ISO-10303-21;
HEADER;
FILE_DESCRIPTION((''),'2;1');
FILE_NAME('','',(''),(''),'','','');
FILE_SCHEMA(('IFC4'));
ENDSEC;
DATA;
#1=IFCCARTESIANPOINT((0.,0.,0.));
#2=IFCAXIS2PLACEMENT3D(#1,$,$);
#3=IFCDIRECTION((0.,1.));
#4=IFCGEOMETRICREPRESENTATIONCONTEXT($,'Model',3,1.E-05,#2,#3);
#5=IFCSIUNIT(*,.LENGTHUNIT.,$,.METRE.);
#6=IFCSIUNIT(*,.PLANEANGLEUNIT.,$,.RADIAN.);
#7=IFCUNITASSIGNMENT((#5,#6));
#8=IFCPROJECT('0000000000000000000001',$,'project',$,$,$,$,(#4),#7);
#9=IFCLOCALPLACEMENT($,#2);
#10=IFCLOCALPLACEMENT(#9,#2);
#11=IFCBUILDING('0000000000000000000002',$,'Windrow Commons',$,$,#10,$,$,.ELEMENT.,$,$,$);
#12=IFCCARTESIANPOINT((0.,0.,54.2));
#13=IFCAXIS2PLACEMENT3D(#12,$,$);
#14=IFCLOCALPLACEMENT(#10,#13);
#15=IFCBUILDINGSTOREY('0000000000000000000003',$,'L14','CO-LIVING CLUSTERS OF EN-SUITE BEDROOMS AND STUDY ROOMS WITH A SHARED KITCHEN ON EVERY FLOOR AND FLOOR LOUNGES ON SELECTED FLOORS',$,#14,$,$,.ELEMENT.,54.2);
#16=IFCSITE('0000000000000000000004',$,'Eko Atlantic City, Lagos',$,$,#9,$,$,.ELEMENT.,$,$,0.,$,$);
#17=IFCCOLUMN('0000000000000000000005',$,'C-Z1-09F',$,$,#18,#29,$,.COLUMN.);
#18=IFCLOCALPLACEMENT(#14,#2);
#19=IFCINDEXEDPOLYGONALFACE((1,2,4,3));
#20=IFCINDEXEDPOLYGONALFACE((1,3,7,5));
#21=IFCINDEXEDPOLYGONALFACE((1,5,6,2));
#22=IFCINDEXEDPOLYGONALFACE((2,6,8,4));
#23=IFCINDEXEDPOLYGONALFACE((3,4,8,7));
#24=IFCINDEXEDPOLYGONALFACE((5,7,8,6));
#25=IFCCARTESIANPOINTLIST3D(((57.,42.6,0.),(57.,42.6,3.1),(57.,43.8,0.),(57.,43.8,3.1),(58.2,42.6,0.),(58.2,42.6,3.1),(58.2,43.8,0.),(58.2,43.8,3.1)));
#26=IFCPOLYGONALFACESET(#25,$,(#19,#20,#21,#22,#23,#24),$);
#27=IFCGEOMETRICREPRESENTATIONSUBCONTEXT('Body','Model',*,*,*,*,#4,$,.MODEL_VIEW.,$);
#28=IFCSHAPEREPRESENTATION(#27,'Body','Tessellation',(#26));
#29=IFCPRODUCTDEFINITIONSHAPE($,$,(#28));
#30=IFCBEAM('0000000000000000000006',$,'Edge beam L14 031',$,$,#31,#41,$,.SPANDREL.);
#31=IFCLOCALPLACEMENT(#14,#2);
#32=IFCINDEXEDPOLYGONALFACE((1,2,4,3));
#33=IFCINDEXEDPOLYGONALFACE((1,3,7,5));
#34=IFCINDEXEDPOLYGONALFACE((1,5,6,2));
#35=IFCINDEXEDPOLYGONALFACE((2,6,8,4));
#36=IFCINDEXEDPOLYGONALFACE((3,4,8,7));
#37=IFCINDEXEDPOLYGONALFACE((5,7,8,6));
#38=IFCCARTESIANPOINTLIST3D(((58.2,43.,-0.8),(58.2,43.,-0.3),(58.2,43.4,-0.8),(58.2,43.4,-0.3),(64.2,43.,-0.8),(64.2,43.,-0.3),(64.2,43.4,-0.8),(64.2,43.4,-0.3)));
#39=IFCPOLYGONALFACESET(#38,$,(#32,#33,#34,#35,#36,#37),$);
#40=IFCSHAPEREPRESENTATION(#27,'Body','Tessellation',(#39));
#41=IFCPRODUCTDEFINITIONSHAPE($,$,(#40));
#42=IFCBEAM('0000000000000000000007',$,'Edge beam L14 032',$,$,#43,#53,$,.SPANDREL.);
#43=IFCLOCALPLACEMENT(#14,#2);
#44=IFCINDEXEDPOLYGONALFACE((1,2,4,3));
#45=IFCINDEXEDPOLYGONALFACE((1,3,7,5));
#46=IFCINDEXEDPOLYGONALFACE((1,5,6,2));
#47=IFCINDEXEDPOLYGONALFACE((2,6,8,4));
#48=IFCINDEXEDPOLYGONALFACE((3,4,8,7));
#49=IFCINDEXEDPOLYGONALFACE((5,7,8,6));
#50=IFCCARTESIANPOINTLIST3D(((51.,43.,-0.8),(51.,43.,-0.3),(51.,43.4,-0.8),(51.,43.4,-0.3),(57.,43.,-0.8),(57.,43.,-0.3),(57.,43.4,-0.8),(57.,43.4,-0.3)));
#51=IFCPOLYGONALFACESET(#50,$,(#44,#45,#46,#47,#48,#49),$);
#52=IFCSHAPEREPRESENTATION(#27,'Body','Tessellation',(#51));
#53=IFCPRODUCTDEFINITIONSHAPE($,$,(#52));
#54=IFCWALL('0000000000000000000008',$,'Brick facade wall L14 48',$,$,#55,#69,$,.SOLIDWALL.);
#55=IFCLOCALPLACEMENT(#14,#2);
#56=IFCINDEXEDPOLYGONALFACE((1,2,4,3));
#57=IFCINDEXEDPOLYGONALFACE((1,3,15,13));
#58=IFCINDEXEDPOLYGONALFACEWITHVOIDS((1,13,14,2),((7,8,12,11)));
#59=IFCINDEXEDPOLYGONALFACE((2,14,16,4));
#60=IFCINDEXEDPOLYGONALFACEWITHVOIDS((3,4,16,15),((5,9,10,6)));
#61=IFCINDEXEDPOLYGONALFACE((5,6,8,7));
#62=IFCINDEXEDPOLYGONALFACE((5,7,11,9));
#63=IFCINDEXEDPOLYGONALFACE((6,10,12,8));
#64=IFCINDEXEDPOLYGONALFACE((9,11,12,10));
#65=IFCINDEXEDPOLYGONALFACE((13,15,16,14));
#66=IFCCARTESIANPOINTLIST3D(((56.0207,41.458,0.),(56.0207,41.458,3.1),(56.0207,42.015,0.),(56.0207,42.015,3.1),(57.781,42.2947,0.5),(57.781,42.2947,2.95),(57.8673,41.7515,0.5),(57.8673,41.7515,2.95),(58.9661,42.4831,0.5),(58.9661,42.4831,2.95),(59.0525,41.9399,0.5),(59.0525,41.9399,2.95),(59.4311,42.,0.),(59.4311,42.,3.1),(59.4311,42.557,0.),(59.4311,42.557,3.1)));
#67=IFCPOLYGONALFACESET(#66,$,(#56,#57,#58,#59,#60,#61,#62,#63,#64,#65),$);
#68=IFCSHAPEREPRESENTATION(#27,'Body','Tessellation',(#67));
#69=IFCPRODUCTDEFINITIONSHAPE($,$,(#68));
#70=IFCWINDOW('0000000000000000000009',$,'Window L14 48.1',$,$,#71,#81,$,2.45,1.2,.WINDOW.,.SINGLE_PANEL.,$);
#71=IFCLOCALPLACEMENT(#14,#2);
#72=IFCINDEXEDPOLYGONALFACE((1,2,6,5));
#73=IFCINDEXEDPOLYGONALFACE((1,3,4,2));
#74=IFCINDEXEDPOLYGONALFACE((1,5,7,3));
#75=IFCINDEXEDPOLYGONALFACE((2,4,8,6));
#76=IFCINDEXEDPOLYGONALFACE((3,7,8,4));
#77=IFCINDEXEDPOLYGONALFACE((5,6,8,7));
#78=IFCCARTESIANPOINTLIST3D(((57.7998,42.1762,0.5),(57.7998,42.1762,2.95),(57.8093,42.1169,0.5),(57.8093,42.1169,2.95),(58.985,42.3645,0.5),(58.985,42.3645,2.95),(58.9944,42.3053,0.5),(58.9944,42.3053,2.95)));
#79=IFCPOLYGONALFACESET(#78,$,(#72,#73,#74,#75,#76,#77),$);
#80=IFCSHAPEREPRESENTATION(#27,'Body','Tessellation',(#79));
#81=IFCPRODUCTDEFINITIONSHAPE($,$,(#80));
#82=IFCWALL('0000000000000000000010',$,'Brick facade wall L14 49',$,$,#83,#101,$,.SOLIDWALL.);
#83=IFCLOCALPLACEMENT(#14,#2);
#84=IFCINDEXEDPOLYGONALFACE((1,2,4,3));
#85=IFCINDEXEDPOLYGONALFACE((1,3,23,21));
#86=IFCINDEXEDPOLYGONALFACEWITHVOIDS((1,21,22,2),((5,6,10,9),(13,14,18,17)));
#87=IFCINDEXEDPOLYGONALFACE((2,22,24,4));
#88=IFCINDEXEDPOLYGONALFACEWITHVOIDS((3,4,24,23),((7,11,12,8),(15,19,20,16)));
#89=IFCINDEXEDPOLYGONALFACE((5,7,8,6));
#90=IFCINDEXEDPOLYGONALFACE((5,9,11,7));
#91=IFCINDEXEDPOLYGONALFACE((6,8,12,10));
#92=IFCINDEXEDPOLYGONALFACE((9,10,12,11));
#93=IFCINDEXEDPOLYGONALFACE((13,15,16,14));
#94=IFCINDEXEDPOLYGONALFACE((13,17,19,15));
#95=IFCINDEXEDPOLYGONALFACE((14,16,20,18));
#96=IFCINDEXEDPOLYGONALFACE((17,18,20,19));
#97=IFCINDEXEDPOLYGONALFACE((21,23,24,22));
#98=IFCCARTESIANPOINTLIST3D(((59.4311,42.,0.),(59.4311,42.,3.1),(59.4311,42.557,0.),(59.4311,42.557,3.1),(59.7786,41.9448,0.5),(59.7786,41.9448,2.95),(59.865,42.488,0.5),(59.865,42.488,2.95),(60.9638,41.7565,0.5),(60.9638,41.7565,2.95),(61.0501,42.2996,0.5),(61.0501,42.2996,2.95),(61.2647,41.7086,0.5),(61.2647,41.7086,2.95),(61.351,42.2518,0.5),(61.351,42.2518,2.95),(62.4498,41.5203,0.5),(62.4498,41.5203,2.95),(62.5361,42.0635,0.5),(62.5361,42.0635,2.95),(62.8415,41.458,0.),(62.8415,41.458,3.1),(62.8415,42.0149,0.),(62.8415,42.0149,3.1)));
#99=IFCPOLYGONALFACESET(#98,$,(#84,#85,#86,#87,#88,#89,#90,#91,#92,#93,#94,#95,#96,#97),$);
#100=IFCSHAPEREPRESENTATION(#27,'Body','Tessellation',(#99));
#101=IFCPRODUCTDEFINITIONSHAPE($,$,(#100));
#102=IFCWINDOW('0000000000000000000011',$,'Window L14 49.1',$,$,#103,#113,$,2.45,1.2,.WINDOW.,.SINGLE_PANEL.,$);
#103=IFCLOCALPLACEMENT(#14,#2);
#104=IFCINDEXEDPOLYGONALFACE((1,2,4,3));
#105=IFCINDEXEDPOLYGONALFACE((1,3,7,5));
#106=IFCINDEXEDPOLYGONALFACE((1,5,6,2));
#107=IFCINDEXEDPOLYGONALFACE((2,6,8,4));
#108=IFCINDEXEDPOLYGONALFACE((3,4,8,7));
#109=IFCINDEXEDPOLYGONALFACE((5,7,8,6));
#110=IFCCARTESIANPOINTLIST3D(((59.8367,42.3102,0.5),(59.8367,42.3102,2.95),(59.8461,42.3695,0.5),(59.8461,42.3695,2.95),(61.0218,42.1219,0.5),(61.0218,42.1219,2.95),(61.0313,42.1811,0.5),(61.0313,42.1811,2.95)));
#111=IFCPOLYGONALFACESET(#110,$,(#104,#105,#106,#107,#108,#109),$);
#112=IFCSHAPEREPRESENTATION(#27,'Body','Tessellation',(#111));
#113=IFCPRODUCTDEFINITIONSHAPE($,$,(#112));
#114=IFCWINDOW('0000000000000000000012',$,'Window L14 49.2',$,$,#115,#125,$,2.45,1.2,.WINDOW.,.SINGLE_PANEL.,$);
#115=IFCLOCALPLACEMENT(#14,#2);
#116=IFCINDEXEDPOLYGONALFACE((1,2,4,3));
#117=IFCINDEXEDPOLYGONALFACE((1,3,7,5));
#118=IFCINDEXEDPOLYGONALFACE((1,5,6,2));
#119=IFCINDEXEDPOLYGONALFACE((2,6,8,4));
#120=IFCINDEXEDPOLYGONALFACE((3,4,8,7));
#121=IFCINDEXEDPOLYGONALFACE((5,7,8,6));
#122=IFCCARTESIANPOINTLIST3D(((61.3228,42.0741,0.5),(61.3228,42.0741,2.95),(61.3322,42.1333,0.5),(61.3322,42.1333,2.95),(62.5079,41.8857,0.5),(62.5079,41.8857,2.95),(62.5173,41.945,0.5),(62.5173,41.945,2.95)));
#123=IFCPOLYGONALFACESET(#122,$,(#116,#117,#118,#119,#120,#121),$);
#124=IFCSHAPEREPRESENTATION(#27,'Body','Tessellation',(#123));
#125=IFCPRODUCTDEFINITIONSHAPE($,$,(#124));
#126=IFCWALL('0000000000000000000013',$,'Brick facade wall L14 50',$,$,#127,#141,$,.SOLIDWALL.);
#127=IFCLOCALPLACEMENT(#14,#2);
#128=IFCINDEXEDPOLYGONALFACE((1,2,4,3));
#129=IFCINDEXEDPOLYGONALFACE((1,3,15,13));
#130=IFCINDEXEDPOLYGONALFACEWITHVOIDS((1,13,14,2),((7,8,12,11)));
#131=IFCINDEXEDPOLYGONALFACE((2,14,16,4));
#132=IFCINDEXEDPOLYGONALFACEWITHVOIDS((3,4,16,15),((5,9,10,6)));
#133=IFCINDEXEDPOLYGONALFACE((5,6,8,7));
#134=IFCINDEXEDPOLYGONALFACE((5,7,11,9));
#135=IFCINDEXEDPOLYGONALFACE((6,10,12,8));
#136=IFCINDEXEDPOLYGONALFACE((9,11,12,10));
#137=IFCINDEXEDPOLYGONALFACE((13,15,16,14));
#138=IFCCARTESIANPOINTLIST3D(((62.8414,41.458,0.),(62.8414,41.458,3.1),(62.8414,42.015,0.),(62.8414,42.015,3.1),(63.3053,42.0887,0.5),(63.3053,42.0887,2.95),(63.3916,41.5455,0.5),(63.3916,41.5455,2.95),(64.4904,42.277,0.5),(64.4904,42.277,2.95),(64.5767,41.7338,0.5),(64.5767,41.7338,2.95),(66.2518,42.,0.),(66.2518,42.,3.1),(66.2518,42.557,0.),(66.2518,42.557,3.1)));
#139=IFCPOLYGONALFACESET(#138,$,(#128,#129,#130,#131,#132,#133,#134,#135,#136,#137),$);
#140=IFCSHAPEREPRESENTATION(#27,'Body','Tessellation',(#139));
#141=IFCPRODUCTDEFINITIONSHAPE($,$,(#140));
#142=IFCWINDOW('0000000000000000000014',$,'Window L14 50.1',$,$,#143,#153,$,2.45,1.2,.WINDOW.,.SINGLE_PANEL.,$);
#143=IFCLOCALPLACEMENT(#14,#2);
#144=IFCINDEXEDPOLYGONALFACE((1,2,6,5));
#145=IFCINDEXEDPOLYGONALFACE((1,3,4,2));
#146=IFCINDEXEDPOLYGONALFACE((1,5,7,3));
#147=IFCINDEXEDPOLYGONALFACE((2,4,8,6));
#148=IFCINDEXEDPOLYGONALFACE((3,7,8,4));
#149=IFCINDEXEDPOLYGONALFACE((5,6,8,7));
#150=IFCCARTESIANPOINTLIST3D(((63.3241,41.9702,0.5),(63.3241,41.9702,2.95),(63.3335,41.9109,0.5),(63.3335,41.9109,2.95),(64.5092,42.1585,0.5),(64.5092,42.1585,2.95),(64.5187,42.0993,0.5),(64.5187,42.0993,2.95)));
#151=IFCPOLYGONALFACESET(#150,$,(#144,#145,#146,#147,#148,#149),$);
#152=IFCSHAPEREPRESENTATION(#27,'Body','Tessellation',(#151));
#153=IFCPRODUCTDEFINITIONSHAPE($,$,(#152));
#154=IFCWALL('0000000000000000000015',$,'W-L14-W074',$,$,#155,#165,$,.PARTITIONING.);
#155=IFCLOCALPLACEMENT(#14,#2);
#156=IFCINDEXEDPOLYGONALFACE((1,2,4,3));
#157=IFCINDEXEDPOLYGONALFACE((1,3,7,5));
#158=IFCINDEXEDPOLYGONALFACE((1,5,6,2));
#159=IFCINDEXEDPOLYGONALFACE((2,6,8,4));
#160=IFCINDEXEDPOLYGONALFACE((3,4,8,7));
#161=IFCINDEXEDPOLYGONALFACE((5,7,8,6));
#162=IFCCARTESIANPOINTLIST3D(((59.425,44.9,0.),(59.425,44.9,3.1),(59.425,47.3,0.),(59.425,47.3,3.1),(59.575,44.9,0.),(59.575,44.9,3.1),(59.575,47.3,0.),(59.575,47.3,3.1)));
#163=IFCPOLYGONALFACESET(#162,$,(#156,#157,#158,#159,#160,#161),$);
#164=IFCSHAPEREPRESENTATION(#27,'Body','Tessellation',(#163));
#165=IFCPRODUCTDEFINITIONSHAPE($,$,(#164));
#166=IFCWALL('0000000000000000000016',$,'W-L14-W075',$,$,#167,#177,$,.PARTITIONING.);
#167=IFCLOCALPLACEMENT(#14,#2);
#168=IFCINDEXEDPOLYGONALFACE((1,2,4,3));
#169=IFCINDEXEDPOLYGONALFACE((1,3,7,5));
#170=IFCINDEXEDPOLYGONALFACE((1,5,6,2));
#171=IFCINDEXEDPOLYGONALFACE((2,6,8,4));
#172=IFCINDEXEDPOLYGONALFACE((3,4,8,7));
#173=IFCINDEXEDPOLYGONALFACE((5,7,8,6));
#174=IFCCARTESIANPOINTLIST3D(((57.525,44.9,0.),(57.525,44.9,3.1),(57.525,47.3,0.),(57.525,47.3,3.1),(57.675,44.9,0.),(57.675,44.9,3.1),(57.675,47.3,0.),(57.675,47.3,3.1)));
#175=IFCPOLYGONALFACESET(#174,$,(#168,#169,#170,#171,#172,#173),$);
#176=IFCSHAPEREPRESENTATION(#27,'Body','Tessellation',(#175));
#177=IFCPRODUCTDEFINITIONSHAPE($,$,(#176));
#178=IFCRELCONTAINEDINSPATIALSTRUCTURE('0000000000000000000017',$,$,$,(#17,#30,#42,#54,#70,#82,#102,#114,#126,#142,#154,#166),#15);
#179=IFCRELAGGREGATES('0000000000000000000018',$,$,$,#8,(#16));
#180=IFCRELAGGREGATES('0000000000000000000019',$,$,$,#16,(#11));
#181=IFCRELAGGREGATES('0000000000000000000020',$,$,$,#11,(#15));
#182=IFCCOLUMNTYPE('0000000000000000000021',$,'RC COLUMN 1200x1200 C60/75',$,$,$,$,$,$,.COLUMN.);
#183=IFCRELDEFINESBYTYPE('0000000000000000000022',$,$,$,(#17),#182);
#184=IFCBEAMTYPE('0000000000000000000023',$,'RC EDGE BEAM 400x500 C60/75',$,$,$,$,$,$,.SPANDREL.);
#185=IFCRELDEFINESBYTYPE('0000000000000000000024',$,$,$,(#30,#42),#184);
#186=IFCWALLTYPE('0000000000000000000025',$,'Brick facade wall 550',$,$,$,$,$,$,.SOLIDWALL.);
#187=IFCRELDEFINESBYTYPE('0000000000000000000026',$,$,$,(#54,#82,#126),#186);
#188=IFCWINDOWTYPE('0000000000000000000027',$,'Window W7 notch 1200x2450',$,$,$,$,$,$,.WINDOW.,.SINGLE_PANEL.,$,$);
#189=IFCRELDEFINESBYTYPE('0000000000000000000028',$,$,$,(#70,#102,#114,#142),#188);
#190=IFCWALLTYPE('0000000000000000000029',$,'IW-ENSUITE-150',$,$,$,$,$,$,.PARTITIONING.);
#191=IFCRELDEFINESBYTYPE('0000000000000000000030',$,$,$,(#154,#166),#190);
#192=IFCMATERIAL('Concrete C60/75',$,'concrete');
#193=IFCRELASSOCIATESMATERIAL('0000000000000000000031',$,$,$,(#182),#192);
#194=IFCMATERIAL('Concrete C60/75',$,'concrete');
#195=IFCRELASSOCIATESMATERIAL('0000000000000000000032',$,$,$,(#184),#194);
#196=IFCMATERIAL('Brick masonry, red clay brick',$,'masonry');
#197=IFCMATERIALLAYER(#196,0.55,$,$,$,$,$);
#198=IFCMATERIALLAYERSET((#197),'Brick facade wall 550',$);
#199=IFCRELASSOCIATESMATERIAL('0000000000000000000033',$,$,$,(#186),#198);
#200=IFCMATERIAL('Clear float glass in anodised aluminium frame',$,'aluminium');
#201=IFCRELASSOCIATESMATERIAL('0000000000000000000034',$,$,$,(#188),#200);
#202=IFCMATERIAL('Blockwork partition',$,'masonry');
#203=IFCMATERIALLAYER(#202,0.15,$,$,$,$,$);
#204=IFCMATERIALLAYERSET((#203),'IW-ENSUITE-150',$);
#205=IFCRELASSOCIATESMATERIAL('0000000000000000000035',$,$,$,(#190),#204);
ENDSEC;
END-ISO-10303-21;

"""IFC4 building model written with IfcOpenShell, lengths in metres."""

from ifc_helpers import new_model, si_unit, direction, frame, frame_2d, origin, origin_2d, place, context, subcontext, project, spatial, polyline, rectangle, outline, extrude, material, layer, layer_set, material_profile, profile_set, type_object, element, fill, save


model = new_model("IFC4")

# Units and contexts
model_context = context("Model", 3, precision=1e-05, world=origin(), true_north=direction((0.0, 1.0)))
body_context = subcontext(model_context, "Body", "Model", "MODEL_VIEW")
ifc_project = project(units=[si_unit("LENGTHUNIT", "METRE"), si_unit("PLANEANGLEUNIT", "RADIAN")], contexts=[model_context])

# Site, building, storey
site_placement = place(None, origin())
site = spatial("IfcSite", under=ifc_project, at=site_placement, Name="Eko Atlantic City, Lagos", CompositionType="ELEMENT", RefElevation=0.0)
building_placement = place(site_placement, origin())
building = spatial("IfcBuilding", under=site, at=building_placement, Name="Windrow Commons", CompositionType="ELEMENT")
storey_placement = place(building_placement, frame((0.0, 0.0, 54.2)))
storey = spatial("IfcBuildingStorey", under=building, at=storey_placement, Name="L14", Description="CO-LIVING CLUSTERS OF EN-SUITE BEDROOMS AND STUDY ROOMS WITH A SHARED KITCHEN ON EVERY FLOOR AND FLOOR LOUNGES ON SELECTED FLOORS", CompositionType="ELEMENT", Elevation=54.2)

# Column
ifc_material_1 = material(Name="Concrete C60/75", Category="concrete")
ifc_material_profile_1 = material_profile(ifc_material_1, rectangle(XDim=1.2, YDim=1.2, at=origin_2d()))
ifc_profile_set_1 = profile_set([ifc_material_profile_1], Name="Concrete C60/75")
column_type = type_object("IfcColumnType", Name="RC COLUMN 1200x1200 C60/75", PredefinedType="COLUMN", material=ifc_profile_set_1)
column_placement = place(storey_placement, frame((57.6, 43.2, 0.0), z_axis=(0.0, 0.0, 1.0), x_axis=(1.0, 0.0, 0.0)))
element("IfcColumn", 1, at=column_placement, inside=storey, type_object=column_type, Name="C-Z1-09F", PredefinedType="COLUMN", context=body_context, shape_type="SweptSolid", body=[
    extrude(rectangle(XDim=1.2, YDim=1.2, at=origin_2d()), origin(), (0.0, 0.0, 1.0), 3.1),
])

# Beams
ifc_material_2 = material(Name="Concrete C60/75", Category="concrete")
ifc_material_profile_2 = material_profile(ifc_material_2, rectangle(XDim=0.4, YDim=0.5, at=origin_2d()))
ifc_profile_set_2 = profile_set([ifc_material_profile_2], Name="Concrete C60/75")
beam_type = type_object("IfcBeamType", Name="RC EDGE BEAM 400x500 C60/75", PredefinedType="SPANDREL", material=ifc_profile_set_2)
for number, where, z_axis, x_axis, name in (
    (2, (64.2, 43.2, -0.55), (-1.0, 0.0, 0.0), (0.0, -1.0, 0.0), "Edge beam L14 031"),
    (3, (57.0, 43.2, -0.55), (-1.0, 0.0, 0.0), (0.0, -1.0, 0.0), "Edge beam L14 032"),
):
    element("IfcBeam", number, at=place(storey_placement, frame(where, z_axis=z_axis, x_axis=x_axis)), inside=storey, type_object=beam_type, Name=name, PredefinedType="SPANDREL", context=body_context, shape_type="SweptSolid", body=[
        extrude(rectangle(XDim=0.4, YDim=0.5, at=origin_2d()), origin(), (0.0, 0.0, 1.0), 6.0),
    ])

# Wall, opening, window
ifc_material_3 = material(Name="Brick masonry, red clay brick", Category="masonry")
ifc_layer_1 = layer(ifc_material_3, 0.55)
ifc_layer_set_1 = layer_set([ifc_layer_1], Name="Brick facade wall 550")
wall_type_1 = type_object("IfcWallType", Name="Brick facade wall 550", PredefinedType="SOLIDWALL", material=ifc_layer_set_1)
wall_1_placement = place(storey_placement, frame((56.0207, 41.7365, 0.0), z_axis=(0.0, 0.0, 1.0), x_axis=(0.987606, 0.156956, 0.0)))
wall_1 = element("IfcWall", 4, at=wall_1_placement, inside=storey, type_object=wall_type_1, Name="Brick facade wall L14 48", PredefinedType="SOLIDWALL", context=body_context, shape_type="SweptSolid", body=[
    extrude(outline(polyline([(-0.0437, -0.275), (3.4095, -0.275), (3.4969, 0.275), (0.0437, 0.275), (-0.0437, -0.275)])), origin(), (0.0, 0.0, 1.0), 3.1),
])
opening_1_placement = place(wall_1_placement, frame((1.8261, 0.0, 0.5)))
opening_1 = element("IfcOpeningElement", 5, at=opening_1_placement, cuts=wall_1, PredefinedType="OPENING", context=body_context, shape_type="SweptSolid", body=[
    extrude(rectangle(XDim=1.2, YDim=2.45, at=frame_2d((0.6, 1.225))), frame((0.0, 0.285, 0.0), z_axis=(0.0, -1.0, 0.0), x_axis=(1.0, 0.0, 0.0)), (0.0, 0.0, 1.0), 0.57),
])
ifc_material_4 = material(Name="Clear float glass in anodised aluminium frame", Category="aluminium")
window_type = type_object("IfcWindowType", Name="Window W7 notch 1200x2450", PartitioningType="SINGLE_PANEL", PredefinedType="WINDOW", material=ifc_material_4)
window_1_placement = place(opening_1_placement, origin())
window_1 = element("IfcWindow", 6, at=window_1_placement, inside=storey, type_object=window_type, Name="Window L14 48.1", OverallHeight=2.45, OverallWidth=1.2, PartitioningType="SINGLE_PANEL", PredefinedType="WINDOW", context=body_context, shape_type="SweptSolid", body=[
    extrude(rectangle(XDim=1.2, YDim=2.45, at=frame_2d((0.6, 1.225))), frame((0.0, 0.155, 0.0), z_axis=(0.0, -1.0, 0.0), x_axis=(1.0, 0.0, 0.0)), (0.0, 0.0, 1.0), 0.06),
])
fill(opening_1, window_1)

# Wall, openings, windows
wall_2_placement = place(storey_placement, frame((59.4311, 42.2785, 0.0), z_axis=(0.0, 0.0, 1.0), x_axis=(0.987605, -0.15696, 0.0)))
wall_2 = element("IfcWall", 7, at=wall_2_placement, inside=storey, type_object=wall_type_1, Name="Brick facade wall L14 49", PredefinedType="SOLIDWALL", context=body_context, shape_type="SweptSolid", body=[
    extrude(outline(polyline([(0.0437, -0.275), (3.4969, -0.275), (3.4095, 0.275), (-0.0437, 0.275), (0.0437, -0.275)])), origin(), (0.0, 0.0, 1.0), 3.1),
])
opening_2_placement = place(wall_2_placement, frame((0.3956, 0.0, 0.5)))
opening_2 = element("IfcOpeningElement", 8, at=opening_2_placement, cuts=wall_2, PredefinedType="OPENING", context=body_context, shape_type="SweptSolid", body=[
    extrude(rectangle(XDim=1.2, YDim=2.45, at=frame_2d((0.6, 1.225))), frame((0.0, 0.285, 0.0), z_axis=(0.0, -1.0, 0.0), x_axis=(1.0, 0.0, 0.0)), (0.0, 0.0, 1.0), 0.57),
])
opening_3_placement = place(wall_2_placement, frame((1.9003, 0.0, 0.5)))
opening_3 = element("IfcOpeningElement", 9, at=opening_3_placement, cuts=wall_2, PredefinedType="OPENING", context=body_context, shape_type="SweptSolid", body=[
    extrude(rectangle(XDim=1.2, YDim=2.45, at=frame_2d((0.6, 1.225))), frame((0.0, 0.285, 0.0), z_axis=(0.0, -1.0, 0.0), x_axis=(1.0, 0.0, 0.0)), (0.0, 0.0, 1.0), 0.57),
])
window_2_placement = place(opening_2_placement, origin())
window_2 = element("IfcWindow", 10, at=window_2_placement, inside=storey, type_object=window_type, Name="Window L14 49.1", OverallHeight=2.45, OverallWidth=1.2, PartitioningType="SINGLE_PANEL", PredefinedType="WINDOW", context=body_context, shape_type="SweptSolid", body=[
    extrude(rectangle(XDim=1.2, YDim=2.45, at=frame_2d((0.6, 1.225))), frame((0.0, 0.155, 0.0), z_axis=(0.0, -1.0, 0.0), x_axis=(1.0, 0.0, 0.0)), (0.0, 0.0, 1.0), 0.06),
])
fill(opening_2, window_2)
window_3_placement = place(opening_3_placement, origin())
window_3 = element("IfcWindow", 11, at=window_3_placement, inside=storey, type_object=window_type, Name="Window L14 49.2", OverallHeight=2.45, OverallWidth=1.2, PartitioningType="SINGLE_PANEL", PredefinedType="WINDOW", context=body_context, shape_type="SweptSolid", body=[
    extrude(rectangle(XDim=1.2, YDim=2.45, at=frame_2d((0.6, 1.225))), frame((0.0, 0.155, 0.0), z_axis=(0.0, -1.0, 0.0), x_axis=(1.0, 0.0, 0.0)), (0.0, 0.0, 1.0), 0.06),
])
fill(opening_3, window_3)

# Wall, opening, window
wall_3_placement = place(storey_placement, frame((62.8414, 41.7365, 0.0), z_axis=(0.0, 0.0, 1.0), x_axis=(0.987606, 0.156956, 0.0)))
wall_3 = element("IfcWall", 12, at=wall_3_placement, inside=storey, type_object=wall_type_1, Name="Brick facade wall L14 50", PredefinedType="SOLIDWALL", context=body_context, shape_type="SweptSolid", body=[
    extrude(outline(polyline([(-0.0437, -0.275), (3.4095, -0.275), (3.4969, 0.275), (0.0437, 0.275), (-0.0437, -0.275)])), origin(), (0.0, 0.0, 1.0), 3.1),
])
opening_4_placement = place(wall_3_placement, frame((0.5134, 0.0, 0.5)))
opening_4 = element("IfcOpeningElement", 13, at=opening_4_placement, cuts=wall_3, PredefinedType="OPENING", context=body_context, shape_type="SweptSolid", body=[
    extrude(rectangle(XDim=1.2, YDim=2.45, at=frame_2d((0.6, 1.225))), frame((0.0, 0.285, 0.0), z_axis=(0.0, -1.0, 0.0), x_axis=(1.0, 0.0, 0.0)), (0.0, 0.0, 1.0), 0.57),
])
window_4_placement = place(opening_4_placement, origin())
window_4 = element("IfcWindow", 14, at=window_4_placement, inside=storey, type_object=window_type, Name="Window L14 50.1", OverallHeight=2.45, OverallWidth=1.2, PartitioningType="SINGLE_PANEL", PredefinedType="WINDOW", context=body_context, shape_type="SweptSolid", body=[
    extrude(rectangle(XDim=1.2, YDim=2.45, at=frame_2d((0.6, 1.225))), frame((0.0, 0.155, 0.0), z_axis=(0.0, -1.0, 0.0), x_axis=(1.0, 0.0, 0.0)), (0.0, 0.0, 1.0), 0.06),
])
fill(opening_4, window_4)

# Walls
ifc_material_5 = material(Name="Blockwork partition", Category="masonry")
ifc_layer_2 = layer(ifc_material_5, 0.15)
ifc_layer_set_2 = layer_set([ifc_layer_2], Name="IW-ENSUITE-150")
wall_type_2 = type_object("IfcWallType", Name="IW-ENSUITE-150", PredefinedType="PARTITIONING", material=ifc_layer_set_2)
for number, where, z_axis, x_axis, name in (
    (15, (59.5, 44.9, 0.0), (0.0, 0.0, 1.0), (0.0, 1.0, 0.0), "W-L14-W074"),
    (16, (57.6, 44.9, 0.0), (0.0, 0.0, 1.0), (0.0, 1.0, 0.0), "W-L14-W075"),
):
    element("IfcWall", number, at=place(storey_placement, frame(where, z_axis=z_axis, x_axis=x_axis)), inside=storey, type_object=wall_type_2, Name=name, PredefinedType="PARTITIONING", context=body_context, shape_type="SweptSolid", body=[
        extrude(rectangle(XDim=2.4, YDim=0.15, at=frame_2d((1.2, 0.0))), origin(), (0.0, 0.0, 1.0), 3.1),
    ])

save(model, "model.ifc")
